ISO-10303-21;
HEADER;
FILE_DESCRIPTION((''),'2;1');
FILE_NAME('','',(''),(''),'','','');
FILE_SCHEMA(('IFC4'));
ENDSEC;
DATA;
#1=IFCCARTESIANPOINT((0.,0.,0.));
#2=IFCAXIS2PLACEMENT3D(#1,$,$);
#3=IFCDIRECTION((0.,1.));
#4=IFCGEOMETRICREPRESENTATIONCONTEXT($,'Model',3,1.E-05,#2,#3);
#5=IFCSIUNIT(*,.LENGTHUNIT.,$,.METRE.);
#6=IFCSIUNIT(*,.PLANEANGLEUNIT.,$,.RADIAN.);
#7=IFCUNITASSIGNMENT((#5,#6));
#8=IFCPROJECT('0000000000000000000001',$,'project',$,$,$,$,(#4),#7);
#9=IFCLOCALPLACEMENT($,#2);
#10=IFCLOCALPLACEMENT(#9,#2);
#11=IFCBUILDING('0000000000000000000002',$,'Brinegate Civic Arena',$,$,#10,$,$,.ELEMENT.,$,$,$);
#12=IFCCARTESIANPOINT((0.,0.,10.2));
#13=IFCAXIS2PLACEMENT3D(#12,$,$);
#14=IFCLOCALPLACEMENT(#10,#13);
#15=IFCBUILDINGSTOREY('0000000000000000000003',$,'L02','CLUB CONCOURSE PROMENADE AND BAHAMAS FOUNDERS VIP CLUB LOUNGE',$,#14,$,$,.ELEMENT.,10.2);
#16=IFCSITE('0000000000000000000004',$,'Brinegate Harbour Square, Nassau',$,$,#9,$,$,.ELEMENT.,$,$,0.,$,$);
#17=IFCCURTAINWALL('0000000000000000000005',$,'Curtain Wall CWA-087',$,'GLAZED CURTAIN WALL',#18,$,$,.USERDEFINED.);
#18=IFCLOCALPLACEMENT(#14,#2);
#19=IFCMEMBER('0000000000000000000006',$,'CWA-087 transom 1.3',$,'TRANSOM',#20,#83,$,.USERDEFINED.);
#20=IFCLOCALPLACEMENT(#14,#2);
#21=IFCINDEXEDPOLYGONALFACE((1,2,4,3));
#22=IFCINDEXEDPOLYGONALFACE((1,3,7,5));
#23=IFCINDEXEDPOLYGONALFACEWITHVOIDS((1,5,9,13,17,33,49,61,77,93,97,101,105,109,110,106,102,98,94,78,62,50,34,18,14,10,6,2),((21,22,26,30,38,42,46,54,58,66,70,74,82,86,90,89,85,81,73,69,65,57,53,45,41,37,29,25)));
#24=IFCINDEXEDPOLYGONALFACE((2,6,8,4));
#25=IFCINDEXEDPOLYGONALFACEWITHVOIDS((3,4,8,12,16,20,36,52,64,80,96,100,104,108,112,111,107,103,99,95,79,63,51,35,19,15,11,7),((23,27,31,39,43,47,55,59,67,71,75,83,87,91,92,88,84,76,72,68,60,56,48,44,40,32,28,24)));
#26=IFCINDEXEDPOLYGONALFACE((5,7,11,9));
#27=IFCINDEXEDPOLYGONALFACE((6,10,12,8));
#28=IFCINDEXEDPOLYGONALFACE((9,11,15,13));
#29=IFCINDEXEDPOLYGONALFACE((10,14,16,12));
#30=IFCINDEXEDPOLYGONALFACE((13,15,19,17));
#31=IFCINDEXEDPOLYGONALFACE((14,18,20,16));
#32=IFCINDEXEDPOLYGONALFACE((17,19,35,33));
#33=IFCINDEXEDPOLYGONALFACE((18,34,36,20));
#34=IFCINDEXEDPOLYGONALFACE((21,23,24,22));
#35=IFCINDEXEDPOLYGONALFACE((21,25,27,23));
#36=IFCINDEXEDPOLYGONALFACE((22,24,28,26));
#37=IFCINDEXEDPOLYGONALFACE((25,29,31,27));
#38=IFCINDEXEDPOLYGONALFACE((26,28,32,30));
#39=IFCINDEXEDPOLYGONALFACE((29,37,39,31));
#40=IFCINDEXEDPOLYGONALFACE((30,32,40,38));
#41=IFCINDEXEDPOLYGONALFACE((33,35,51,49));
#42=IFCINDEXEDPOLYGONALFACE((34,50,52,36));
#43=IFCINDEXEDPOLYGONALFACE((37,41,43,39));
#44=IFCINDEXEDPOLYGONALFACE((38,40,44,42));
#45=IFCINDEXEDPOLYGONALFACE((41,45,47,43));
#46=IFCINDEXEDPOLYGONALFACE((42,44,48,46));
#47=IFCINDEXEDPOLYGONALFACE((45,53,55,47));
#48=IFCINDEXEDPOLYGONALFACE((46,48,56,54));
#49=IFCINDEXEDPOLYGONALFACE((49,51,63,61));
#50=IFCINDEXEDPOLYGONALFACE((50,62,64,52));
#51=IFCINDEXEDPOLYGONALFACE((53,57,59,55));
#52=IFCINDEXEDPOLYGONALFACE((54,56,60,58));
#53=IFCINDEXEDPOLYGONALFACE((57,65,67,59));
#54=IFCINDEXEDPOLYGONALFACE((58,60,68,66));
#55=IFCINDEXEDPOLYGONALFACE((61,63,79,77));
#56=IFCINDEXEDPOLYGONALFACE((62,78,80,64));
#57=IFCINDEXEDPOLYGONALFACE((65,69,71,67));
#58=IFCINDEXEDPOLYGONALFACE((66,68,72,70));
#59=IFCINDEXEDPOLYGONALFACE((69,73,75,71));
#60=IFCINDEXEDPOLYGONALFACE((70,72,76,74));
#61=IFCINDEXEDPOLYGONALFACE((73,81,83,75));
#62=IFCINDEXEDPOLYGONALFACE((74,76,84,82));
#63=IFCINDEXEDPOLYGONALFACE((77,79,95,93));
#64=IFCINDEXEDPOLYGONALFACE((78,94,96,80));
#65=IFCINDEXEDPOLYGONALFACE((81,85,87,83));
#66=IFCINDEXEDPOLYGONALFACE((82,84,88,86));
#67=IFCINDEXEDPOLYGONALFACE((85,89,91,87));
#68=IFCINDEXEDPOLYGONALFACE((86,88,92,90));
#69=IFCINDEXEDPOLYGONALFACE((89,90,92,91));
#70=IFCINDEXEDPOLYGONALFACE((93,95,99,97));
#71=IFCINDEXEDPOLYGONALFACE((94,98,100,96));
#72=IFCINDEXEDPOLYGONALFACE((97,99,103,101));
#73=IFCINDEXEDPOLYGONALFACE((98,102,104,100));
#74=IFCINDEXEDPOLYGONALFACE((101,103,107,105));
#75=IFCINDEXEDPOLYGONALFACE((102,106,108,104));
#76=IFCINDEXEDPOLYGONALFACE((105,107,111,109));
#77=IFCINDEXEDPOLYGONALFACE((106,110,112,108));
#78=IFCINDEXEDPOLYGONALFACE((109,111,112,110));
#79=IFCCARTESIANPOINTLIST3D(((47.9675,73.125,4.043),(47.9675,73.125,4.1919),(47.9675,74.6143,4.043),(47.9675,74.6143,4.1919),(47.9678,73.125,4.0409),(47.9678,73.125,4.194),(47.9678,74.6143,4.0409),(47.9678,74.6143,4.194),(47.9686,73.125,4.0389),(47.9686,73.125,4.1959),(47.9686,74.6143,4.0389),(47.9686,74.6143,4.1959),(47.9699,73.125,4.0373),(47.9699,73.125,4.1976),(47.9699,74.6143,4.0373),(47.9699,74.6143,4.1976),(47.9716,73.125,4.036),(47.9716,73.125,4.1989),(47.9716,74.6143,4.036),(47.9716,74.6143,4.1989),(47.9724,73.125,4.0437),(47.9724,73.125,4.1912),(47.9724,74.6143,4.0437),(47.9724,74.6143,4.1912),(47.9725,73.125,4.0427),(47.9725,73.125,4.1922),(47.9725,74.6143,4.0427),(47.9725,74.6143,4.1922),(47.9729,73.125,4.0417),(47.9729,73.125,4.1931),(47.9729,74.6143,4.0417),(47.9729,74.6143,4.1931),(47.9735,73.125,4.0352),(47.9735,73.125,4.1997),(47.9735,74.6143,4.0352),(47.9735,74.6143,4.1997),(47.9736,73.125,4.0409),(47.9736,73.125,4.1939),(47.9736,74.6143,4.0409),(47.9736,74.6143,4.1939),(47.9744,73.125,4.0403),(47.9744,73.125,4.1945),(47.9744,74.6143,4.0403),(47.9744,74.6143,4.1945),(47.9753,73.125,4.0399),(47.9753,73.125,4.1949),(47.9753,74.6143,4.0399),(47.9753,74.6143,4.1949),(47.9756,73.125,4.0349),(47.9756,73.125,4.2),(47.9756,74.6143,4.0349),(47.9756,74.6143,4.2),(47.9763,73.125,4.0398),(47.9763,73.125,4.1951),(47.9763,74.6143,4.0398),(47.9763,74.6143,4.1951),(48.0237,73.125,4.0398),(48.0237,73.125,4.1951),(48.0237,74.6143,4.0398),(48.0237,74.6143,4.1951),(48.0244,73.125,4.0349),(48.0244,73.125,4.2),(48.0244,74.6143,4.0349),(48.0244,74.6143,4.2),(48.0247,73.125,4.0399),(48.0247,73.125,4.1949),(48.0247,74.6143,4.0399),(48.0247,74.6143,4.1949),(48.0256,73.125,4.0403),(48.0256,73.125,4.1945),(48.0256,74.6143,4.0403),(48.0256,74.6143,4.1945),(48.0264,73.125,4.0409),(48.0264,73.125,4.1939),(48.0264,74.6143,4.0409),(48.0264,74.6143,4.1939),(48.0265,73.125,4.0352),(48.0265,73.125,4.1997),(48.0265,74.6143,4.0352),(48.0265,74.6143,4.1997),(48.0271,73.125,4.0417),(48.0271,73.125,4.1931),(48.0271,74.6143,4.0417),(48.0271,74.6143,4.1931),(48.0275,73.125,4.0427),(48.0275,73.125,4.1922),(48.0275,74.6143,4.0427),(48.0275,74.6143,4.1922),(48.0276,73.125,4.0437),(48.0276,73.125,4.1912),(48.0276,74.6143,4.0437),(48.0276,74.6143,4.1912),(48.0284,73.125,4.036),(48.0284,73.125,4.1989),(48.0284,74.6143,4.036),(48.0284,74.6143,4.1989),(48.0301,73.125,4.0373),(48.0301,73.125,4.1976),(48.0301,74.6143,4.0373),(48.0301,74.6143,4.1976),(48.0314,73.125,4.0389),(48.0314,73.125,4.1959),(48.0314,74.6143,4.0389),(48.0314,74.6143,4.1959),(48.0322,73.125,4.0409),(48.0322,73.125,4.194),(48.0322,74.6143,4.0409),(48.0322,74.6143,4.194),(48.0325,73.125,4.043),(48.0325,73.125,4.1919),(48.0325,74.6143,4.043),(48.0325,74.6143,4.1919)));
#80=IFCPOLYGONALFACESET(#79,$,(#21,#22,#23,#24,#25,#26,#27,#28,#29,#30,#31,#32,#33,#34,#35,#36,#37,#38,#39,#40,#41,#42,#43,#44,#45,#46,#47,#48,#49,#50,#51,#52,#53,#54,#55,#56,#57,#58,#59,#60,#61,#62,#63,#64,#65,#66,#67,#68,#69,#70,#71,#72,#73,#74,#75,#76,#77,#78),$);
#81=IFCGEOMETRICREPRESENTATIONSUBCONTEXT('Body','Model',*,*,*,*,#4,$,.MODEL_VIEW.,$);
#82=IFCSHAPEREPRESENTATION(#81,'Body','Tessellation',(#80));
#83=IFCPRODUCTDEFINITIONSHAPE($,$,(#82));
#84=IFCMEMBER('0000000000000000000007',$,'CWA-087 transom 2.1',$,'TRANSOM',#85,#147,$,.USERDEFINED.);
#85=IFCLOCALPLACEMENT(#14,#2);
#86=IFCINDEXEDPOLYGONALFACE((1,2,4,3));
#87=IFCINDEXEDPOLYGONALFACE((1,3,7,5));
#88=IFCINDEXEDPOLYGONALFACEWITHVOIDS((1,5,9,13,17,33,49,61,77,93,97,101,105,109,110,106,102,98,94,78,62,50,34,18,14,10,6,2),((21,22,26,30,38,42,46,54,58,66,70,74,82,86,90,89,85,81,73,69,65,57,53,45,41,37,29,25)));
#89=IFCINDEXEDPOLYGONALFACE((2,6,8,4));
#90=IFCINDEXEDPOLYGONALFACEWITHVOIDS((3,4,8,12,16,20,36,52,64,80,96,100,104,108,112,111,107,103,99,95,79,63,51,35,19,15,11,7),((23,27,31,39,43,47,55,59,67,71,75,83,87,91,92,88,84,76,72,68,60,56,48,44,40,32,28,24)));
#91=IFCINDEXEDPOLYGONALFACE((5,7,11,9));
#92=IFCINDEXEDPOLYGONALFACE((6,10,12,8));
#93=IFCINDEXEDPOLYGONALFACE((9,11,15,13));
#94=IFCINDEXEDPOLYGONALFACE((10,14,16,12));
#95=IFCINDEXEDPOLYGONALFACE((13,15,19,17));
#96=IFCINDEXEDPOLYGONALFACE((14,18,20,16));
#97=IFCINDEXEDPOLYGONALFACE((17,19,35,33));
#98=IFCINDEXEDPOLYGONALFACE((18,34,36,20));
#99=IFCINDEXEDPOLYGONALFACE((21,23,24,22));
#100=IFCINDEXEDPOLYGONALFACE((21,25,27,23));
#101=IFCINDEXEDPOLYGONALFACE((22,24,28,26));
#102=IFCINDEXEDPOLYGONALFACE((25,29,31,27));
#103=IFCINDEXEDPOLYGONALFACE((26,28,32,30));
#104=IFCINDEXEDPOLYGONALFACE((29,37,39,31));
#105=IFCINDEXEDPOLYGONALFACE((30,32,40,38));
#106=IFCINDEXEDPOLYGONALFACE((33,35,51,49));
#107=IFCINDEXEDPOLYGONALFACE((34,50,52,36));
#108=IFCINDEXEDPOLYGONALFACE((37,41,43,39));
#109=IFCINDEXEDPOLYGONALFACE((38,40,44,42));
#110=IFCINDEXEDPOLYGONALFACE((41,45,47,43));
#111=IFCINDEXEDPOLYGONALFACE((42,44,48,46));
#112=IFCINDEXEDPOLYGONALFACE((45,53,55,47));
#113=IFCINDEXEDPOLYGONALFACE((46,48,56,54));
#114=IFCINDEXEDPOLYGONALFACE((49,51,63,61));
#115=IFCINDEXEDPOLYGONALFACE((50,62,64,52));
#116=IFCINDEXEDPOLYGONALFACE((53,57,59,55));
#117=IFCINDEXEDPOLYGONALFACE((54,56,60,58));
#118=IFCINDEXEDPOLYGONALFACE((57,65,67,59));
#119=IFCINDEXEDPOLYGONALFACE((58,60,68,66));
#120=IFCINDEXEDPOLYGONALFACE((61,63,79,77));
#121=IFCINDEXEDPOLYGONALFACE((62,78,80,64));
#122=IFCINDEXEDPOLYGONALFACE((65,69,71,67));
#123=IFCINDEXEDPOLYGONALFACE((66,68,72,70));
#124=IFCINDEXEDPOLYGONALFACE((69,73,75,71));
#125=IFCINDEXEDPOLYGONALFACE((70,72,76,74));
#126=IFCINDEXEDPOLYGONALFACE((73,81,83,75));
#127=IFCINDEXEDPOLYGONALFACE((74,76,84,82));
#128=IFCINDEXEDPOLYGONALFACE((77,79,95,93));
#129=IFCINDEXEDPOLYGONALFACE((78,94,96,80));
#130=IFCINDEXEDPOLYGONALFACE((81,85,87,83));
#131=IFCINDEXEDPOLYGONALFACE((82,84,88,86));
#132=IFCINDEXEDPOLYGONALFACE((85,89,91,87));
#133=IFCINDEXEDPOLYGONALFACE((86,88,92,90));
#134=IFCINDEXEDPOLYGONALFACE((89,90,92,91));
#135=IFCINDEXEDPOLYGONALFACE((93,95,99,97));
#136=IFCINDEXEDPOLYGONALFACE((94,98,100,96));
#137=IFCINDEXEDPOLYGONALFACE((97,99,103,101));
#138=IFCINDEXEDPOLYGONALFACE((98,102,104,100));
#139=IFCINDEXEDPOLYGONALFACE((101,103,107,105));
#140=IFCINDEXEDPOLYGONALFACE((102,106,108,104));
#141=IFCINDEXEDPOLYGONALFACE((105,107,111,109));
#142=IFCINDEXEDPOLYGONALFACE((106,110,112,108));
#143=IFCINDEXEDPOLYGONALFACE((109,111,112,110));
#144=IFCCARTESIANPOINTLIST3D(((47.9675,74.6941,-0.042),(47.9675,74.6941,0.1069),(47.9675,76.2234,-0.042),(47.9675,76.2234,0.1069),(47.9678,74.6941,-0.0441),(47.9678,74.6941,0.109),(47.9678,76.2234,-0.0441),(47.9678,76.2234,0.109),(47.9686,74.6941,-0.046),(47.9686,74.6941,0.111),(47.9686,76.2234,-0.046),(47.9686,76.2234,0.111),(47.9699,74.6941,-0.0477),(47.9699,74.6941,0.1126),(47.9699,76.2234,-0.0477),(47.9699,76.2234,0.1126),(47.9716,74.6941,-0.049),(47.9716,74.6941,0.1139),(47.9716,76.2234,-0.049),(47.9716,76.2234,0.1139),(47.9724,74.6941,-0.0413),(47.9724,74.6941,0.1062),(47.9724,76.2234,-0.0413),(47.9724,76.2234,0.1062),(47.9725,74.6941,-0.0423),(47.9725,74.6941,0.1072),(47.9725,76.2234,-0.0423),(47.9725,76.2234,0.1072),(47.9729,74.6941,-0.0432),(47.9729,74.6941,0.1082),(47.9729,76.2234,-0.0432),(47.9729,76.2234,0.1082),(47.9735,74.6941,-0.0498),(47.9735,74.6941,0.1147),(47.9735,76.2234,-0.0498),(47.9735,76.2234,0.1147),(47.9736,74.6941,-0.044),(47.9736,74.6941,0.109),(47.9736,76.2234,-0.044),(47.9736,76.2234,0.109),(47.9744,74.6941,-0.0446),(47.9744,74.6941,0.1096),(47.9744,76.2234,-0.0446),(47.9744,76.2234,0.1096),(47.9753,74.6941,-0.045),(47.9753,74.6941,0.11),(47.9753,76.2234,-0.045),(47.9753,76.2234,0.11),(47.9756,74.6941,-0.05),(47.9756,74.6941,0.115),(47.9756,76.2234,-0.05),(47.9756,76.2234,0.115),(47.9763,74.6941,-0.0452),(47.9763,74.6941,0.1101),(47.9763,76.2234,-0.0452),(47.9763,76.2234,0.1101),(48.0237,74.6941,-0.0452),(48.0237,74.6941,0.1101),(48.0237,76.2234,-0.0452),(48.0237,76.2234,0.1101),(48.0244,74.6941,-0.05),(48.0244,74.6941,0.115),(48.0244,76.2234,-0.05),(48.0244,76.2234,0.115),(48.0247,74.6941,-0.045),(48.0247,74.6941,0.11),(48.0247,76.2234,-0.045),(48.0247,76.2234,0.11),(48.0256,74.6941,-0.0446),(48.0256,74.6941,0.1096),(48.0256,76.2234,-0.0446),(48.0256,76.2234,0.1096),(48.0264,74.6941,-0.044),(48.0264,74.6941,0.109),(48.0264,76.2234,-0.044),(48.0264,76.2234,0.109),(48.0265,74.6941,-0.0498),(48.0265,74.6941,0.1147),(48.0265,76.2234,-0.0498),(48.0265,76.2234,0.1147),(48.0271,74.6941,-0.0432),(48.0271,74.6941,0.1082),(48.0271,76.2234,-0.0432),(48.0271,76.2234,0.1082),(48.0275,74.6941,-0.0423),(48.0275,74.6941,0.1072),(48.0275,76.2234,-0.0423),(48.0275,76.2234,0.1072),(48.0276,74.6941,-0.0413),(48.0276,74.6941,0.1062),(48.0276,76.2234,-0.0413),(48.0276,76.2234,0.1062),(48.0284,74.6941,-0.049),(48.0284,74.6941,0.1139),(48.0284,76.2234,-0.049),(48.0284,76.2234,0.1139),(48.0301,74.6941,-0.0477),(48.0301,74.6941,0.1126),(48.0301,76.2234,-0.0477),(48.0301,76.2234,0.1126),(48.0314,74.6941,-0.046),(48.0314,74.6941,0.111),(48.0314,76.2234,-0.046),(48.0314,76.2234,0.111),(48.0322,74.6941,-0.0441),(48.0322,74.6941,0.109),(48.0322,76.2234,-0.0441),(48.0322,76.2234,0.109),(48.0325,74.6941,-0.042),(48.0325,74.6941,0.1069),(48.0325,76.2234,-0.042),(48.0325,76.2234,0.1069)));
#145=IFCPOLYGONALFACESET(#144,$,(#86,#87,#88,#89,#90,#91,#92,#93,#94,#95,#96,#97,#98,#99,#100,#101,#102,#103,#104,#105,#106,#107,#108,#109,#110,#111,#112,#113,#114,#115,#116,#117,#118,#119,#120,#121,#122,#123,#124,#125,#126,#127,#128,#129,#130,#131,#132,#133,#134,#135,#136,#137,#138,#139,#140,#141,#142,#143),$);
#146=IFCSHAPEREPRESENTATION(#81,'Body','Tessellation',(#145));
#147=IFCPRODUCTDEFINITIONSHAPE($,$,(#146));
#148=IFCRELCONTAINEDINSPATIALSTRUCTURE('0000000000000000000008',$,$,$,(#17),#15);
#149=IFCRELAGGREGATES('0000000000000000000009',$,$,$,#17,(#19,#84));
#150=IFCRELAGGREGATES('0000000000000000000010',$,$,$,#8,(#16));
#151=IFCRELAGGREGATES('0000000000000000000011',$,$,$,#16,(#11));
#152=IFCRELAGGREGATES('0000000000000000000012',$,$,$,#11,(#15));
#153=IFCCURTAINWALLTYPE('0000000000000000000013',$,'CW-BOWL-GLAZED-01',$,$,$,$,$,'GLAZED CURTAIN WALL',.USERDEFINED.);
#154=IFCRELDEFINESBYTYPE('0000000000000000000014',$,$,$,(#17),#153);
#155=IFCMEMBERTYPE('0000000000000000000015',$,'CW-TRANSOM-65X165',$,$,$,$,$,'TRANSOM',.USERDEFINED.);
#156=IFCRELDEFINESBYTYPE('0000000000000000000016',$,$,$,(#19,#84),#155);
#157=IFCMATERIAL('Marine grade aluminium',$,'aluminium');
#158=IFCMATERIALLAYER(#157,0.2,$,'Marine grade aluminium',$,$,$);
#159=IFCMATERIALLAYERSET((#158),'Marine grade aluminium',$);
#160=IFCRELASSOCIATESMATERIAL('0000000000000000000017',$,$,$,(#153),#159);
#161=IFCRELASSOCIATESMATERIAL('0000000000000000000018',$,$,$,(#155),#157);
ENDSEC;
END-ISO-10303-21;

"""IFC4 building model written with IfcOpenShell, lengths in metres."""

from ifc_helpers import new_model, si_unit, direction, frame, origin, origin_2d, place, context, subcontext, project, spatial, hollow_rectangle, extrude, material, layer, layer_set, material_profile, profile_set, type_object, element, aggregate, save


model = new_model("IFC4")

# Units and contexts
model_context = context("Model", 3, precision=1e-05, world=origin(), true_north=direction((0.0, 1.0)))
body_context = subcontext(model_context, "Body", "Model", "MODEL_VIEW")
ifc_project = project(units=[si_unit("LENGTHUNIT", "METRE"), si_unit("PLANEANGLEUNIT", "RADIAN")], contexts=[model_context])

# Site, building, storey
site_placement = place(None, origin())
site = spatial("IfcSite", under=ifc_project, at=site_placement, Name="Brinegate Harbour Square, Nassau", CompositionType="ELEMENT", RefElevation=0.0)
building_placement = place(site_placement, origin())
building = spatial("IfcBuilding", under=site, at=building_placement, Name="Brinegate Civic Arena", CompositionType="ELEMENT")
storey_placement = place(building_placement, frame((0.0, 0.0, 10.2)))
storey = spatial("IfcBuildingStorey", under=building, at=storey_placement, Name="L02", Description="CLUB CONCOURSE PROMENADE AND BAHAMAS FOUNDERS VIP CLUB LOUNGE", CompositionType="ELEMENT", Elevation=10.2)

# Curtain wall, members
ifc_material_1 = material(Name="Marine grade aluminium", Category="aluminium")
ifc_layer_1 = layer(ifc_material_1, 0.2, Name="Marine grade aluminium")
ifc_layer_set_1 = layer_set([ifc_layer_1], Name="Marine grade aluminium")
curtain_wall_type = type_object("IfcCurtainWallType", Name="CW-BOWL-GLAZED-01", ElementType="GLAZED CURTAIN WALL", PredefinedType="USERDEFINED", material=ifc_layer_set_1)
curtain_wall_placement = place(storey_placement, origin())
curtain_wall = element("IfcCurtainWall", 1, at=curtain_wall_placement, inside=storey, type_object=curtain_wall_type, Name="Curtain Wall CWA-087", ObjectType="GLAZED CURTAIN WALL", PredefinedType="USERDEFINED")
ifc_material_profile_1 = material_profile(ifc_material_1, hollow_rectangle(XDim=0.0649, YDim=0.165, WallThickness=0.0049, InnerFilletRadius=0.0039, OuterFilletRadius=0.0081, at=origin_2d()), Name="TRN65X165")
ifc_profile_set_1 = profile_set([ifc_material_profile_1], Name="Marine grade aluminium")
member_type_1 = type_object("IfcMemberType", Name="CW-TRANSOM-65X165", ElementType="TRANSOM", PredefinedType="USERDEFINED", material=ifc_profile_set_1)
member_1_placement = place(storey_placement, frame((48.0, 73.125, 4.1174), z_axis=(0.0, 1.0, 0.0), x_axis=(-1.0, 0.0, 0.0)))
member_1 = element("IfcMember", 2, at=member_1_placement, type_object=member_type_1, Name="CWA-087 transom 1.3", ObjectType="TRANSOM", PredefinedType="USERDEFINED", context=body_context, shape_type="SweptSolid", body=[
    extrude(hollow_rectangle(XDim=0.0649, YDim=0.165, WallThickness=0.0049, InnerFilletRadius=0.0039, OuterFilletRadius=0.0081, at=origin_2d()), origin(), (0.0, 0.0, 1.0), 1.4893),
])
member_2_placement = place(storey_placement, frame((48.0, 74.6941, 0.0325), z_axis=(0.0, 1.0, 0.0), x_axis=(-1.0, 0.0, 0.0)))
member_2 = element("IfcMember", 3, at=member_2_placement, type_object=member_type_1, Name="CWA-087 transom 2.1", ObjectType="TRANSOM", PredefinedType="USERDEFINED", context=body_context, shape_type="SweptSolid", body=[
    extrude(hollow_rectangle(XDim=0.0649, YDim=0.165, WallThickness=0.0049, InnerFilletRadius=0.0039, OuterFilletRadius=0.0081, at=origin_2d()), origin(), (0.0, 0.0, 1.0), 1.5293),
])

aggregate(curtain_wall, [member_1, member_2])

save(model, "model.ifc")
